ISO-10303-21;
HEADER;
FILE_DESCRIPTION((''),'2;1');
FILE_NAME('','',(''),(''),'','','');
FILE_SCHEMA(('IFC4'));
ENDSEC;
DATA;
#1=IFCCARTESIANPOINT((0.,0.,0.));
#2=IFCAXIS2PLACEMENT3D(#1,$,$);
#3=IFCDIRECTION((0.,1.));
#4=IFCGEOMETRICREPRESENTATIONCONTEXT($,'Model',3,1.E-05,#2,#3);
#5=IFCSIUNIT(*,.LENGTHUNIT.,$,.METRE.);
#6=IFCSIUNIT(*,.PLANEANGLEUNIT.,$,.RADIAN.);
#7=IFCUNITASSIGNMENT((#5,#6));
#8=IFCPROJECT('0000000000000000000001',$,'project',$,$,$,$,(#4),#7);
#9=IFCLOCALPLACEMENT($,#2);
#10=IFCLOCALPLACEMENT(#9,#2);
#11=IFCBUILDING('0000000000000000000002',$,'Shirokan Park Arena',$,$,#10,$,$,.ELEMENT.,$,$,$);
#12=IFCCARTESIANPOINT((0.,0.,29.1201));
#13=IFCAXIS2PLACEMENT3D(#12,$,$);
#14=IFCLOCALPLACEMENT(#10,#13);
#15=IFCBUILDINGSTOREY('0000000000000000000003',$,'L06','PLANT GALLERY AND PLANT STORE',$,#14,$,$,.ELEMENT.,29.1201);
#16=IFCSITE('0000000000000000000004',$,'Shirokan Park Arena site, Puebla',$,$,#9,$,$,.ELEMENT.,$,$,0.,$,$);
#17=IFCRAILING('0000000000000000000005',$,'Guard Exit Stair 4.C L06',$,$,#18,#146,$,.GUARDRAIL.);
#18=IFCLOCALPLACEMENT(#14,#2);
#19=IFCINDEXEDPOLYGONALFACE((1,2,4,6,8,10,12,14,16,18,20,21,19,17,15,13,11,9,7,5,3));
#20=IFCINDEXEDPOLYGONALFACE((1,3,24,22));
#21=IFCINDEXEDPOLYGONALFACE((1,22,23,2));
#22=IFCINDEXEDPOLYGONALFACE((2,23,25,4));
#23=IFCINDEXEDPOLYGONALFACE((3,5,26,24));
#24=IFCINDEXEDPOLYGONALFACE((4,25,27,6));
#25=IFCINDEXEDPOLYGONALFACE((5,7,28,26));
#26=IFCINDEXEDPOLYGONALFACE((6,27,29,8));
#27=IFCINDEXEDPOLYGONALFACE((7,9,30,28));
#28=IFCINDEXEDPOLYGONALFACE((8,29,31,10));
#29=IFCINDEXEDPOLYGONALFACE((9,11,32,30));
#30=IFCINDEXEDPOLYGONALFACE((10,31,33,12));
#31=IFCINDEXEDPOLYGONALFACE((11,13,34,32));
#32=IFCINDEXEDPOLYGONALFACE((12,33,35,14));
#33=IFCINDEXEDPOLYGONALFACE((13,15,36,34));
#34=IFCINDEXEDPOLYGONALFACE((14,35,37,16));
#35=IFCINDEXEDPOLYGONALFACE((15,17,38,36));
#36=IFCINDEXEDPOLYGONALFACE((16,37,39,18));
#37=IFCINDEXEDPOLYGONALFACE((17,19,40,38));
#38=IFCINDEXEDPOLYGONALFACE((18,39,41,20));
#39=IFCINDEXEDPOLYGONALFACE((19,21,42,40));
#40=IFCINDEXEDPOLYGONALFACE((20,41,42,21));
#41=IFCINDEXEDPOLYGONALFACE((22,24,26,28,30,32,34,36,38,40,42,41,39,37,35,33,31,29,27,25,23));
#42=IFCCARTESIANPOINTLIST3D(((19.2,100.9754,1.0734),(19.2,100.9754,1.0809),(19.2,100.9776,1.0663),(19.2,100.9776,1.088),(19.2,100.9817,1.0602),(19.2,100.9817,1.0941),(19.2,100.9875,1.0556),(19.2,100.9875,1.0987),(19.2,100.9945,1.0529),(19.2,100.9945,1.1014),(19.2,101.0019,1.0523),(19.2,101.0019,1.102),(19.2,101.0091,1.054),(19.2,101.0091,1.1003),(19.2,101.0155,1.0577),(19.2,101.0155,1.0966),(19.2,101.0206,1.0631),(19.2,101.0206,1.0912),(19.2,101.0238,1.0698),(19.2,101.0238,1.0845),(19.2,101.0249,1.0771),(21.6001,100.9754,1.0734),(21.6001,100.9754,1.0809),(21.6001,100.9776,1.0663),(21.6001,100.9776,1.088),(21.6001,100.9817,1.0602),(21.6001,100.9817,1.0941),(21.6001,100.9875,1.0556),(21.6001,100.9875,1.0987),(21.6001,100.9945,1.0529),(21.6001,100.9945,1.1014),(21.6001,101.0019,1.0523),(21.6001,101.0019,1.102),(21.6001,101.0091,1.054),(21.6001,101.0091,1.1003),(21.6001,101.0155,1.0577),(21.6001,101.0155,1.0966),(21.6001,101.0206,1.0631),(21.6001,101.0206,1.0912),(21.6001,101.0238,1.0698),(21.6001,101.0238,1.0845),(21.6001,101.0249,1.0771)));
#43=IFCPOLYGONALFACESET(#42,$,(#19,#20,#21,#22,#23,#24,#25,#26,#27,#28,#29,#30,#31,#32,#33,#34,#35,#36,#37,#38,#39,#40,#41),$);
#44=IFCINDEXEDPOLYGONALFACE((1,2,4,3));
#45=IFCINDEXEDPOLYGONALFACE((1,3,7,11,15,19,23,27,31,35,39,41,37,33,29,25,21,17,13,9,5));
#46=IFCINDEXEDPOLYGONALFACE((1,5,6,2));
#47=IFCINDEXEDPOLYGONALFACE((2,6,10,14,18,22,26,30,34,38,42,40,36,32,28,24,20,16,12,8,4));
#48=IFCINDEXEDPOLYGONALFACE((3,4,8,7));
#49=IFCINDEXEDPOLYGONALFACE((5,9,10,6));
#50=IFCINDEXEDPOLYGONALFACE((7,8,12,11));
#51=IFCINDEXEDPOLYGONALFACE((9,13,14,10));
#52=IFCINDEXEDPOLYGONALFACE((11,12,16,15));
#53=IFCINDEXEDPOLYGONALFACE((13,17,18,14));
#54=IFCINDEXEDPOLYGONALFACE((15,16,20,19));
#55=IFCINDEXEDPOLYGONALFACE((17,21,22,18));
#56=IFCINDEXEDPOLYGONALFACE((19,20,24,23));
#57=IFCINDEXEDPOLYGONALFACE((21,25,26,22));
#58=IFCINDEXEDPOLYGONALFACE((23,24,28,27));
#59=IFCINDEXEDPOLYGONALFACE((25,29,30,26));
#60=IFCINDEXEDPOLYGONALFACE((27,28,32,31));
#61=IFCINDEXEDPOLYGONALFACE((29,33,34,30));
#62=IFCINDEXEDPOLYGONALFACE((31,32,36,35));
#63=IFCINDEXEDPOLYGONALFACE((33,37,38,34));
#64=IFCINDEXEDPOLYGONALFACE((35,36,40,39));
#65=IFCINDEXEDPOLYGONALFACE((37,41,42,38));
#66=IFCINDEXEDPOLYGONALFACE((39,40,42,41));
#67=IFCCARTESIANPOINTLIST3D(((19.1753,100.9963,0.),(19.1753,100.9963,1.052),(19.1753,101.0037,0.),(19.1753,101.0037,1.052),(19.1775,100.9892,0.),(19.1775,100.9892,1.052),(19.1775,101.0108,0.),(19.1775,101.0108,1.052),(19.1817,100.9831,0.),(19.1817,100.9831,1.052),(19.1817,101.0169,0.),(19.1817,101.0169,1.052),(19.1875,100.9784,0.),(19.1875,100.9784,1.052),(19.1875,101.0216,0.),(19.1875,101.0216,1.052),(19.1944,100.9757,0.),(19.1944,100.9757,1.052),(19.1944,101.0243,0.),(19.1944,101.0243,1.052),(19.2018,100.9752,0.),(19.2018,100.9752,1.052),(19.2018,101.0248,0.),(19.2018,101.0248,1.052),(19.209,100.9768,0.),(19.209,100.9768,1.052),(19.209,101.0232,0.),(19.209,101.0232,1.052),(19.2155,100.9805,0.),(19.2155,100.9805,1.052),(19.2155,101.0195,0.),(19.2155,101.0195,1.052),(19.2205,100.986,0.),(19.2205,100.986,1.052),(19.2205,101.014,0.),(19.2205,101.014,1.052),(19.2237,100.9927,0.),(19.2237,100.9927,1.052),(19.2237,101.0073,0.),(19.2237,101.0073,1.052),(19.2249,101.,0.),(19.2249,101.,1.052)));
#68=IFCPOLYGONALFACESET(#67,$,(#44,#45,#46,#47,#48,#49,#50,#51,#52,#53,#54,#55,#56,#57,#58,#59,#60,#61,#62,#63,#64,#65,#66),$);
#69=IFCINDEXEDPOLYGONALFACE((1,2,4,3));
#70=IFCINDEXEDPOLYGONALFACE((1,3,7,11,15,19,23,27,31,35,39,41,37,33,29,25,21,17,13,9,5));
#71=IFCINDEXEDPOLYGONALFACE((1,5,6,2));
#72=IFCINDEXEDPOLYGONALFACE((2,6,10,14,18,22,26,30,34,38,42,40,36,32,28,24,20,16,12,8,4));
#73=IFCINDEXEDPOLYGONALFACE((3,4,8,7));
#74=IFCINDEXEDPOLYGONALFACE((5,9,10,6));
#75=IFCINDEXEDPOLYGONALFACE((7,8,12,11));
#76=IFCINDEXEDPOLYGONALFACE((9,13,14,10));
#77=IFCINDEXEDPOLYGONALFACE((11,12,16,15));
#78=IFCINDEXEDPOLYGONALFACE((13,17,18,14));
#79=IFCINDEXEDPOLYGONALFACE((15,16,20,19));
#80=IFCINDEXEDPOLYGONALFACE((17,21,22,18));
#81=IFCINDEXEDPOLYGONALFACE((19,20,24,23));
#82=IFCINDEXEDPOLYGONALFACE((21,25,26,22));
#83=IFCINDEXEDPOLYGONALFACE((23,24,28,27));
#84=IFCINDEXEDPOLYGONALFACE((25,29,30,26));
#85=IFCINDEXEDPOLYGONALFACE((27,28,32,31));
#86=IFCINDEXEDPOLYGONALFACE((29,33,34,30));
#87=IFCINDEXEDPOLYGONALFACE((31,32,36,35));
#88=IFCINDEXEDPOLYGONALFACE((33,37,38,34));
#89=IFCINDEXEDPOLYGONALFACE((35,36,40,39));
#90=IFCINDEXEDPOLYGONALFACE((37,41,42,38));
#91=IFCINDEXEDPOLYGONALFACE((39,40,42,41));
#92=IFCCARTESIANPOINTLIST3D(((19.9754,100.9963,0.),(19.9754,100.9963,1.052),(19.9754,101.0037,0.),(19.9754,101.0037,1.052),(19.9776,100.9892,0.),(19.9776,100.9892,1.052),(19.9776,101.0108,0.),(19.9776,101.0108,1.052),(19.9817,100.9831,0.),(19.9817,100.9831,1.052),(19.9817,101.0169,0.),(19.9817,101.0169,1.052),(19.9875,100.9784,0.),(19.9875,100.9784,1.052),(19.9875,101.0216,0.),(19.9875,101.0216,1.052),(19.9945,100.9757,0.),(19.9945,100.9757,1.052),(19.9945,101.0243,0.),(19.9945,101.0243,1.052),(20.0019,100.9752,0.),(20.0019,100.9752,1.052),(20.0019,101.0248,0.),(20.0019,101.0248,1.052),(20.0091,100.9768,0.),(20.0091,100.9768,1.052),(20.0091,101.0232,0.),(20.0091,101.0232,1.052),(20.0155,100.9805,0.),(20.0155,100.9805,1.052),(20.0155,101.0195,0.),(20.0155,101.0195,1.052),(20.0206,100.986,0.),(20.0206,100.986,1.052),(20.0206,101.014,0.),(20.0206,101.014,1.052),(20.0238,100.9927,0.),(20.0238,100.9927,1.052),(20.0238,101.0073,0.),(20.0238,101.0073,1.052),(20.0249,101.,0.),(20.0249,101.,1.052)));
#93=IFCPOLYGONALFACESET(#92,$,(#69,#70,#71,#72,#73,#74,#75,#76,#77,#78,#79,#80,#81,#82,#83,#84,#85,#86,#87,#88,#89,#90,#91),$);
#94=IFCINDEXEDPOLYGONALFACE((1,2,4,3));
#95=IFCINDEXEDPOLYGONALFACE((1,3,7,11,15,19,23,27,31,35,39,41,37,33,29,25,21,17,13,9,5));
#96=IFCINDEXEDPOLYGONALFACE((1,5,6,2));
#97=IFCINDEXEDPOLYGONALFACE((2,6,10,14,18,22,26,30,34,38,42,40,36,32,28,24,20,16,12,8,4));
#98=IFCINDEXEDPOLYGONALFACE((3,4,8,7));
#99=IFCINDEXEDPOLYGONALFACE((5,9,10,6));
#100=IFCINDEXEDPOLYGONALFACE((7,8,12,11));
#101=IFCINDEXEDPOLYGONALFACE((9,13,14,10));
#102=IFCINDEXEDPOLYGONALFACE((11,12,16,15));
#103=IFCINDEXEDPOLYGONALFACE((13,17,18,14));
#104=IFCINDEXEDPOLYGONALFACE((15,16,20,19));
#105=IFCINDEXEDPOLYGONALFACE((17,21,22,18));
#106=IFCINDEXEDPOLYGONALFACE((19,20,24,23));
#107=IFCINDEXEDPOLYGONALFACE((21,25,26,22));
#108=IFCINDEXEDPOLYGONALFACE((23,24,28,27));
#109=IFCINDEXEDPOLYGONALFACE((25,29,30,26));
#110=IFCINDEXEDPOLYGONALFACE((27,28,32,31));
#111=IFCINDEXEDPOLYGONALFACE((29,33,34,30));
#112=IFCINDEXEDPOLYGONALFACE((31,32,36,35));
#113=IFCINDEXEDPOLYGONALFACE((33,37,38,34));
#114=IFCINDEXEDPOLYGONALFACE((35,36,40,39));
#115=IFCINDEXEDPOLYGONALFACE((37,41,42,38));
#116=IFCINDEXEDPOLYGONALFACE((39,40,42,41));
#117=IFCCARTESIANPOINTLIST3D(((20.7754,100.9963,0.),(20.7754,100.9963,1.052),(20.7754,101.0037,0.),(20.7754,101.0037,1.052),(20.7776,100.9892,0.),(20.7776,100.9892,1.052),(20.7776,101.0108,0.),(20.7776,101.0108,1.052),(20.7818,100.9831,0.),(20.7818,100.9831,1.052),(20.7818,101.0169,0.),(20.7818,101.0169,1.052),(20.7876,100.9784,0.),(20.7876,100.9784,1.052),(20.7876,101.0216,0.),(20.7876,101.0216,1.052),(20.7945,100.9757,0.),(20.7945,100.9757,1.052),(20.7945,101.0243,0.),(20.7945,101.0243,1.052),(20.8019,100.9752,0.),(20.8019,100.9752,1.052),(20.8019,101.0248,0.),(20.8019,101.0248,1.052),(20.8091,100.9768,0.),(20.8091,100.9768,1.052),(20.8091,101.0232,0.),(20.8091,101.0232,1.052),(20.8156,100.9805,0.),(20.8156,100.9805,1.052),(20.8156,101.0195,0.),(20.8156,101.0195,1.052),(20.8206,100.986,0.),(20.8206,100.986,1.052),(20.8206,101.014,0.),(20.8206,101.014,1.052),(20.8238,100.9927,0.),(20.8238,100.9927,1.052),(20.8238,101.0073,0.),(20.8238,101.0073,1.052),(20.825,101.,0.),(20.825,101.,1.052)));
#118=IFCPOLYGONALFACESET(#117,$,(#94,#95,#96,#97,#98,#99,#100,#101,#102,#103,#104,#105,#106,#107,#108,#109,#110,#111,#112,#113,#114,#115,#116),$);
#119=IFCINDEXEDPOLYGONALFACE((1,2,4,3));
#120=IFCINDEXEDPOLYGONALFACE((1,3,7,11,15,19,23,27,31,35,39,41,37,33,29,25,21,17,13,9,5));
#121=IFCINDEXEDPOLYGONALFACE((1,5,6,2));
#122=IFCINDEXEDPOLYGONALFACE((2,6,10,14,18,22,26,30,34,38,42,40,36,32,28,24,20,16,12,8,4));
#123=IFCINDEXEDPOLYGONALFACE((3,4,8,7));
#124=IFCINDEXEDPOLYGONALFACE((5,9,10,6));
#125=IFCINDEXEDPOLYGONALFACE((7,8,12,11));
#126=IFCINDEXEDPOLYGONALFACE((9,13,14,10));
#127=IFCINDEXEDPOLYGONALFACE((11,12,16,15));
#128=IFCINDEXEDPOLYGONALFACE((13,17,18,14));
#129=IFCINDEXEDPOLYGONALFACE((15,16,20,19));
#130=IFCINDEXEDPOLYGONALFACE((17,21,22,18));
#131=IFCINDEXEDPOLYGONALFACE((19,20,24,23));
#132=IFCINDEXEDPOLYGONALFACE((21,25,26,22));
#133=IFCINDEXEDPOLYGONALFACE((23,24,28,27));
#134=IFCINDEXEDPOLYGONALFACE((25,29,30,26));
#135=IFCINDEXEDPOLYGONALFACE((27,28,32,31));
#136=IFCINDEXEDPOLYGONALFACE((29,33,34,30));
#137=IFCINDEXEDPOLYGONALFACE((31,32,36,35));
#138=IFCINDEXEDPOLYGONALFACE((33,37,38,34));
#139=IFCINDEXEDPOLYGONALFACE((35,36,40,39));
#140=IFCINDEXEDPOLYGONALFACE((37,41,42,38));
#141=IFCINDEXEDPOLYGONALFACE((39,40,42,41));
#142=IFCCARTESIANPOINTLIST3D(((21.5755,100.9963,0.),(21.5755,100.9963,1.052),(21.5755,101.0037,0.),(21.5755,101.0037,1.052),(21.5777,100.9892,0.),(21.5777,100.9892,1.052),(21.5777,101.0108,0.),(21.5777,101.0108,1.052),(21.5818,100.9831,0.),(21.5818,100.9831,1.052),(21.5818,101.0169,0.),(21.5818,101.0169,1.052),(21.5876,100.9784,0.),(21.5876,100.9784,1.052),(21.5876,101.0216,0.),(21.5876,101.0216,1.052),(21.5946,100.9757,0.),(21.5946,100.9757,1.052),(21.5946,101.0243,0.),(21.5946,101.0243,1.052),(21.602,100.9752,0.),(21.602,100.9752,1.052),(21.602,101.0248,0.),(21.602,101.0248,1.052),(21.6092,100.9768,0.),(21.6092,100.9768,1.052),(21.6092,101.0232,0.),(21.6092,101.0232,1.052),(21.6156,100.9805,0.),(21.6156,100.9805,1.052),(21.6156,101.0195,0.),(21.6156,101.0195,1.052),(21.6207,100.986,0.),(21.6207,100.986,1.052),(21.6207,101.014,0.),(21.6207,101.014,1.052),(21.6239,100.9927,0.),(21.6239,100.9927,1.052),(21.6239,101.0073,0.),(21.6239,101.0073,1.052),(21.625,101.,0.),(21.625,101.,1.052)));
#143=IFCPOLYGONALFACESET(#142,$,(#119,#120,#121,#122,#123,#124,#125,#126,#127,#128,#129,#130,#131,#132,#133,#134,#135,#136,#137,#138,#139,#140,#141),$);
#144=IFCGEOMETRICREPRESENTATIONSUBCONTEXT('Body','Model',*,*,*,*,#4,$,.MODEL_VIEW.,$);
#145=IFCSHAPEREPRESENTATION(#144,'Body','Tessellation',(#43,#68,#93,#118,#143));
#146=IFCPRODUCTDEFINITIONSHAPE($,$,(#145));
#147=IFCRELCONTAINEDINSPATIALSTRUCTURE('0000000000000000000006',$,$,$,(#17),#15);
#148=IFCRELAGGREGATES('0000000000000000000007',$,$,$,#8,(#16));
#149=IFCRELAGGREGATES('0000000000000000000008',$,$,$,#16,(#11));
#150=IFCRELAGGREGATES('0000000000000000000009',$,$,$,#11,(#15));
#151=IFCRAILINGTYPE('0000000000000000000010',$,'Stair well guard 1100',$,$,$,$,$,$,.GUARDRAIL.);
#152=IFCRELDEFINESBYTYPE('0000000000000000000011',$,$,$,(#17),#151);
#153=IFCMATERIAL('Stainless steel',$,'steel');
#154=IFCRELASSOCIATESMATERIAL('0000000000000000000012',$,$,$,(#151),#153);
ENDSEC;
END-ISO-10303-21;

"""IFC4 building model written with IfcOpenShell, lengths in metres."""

from ifc_helpers import new_model, si_unit, direction, frame, origin, origin_2d, place, context, subcontext, project, spatial, circle, extrude, material, type_object, element, save


model = new_model("IFC4")

# Units and contexts
model_context = context("Model", 3, precision=1e-05, world=origin(), true_north=direction((0.0, 1.0)))
body_context = subcontext(model_context, "Body", "Model", "MODEL_VIEW")
ifc_project = project(units=[si_unit("LENGTHUNIT", "METRE"), si_unit("PLANEANGLEUNIT", "RADIAN")], contexts=[model_context])

# Site, building, storey
site_placement = place(None, origin())
site = spatial("IfcSite", under=ifc_project, at=site_placement, Name="Shirokan Park Arena site, Puebla", CompositionType="ELEMENT", RefElevation=0.0)
building_placement = place(site_placement, origin())
building = spatial("IfcBuilding", under=site, at=building_placement, Name="Shirokan Park Arena", CompositionType="ELEMENT")
storey_placement = place(building_placement, frame((0.0, 0.0, 29.1201)))
storey = spatial("IfcBuildingStorey", under=building, at=storey_placement, Name="L06", Description="PLANT GALLERY AND PLANT STORE", CompositionType="ELEMENT", Elevation=29.1201)

# Railing
ifc_material_1 = material(Name="Stainless steel", Category="steel")
railing_type = type_object("IfcRailingType", Name="Stair well guard 1100", PredefinedType="GUARDRAIL", material=ifc_material_1)
railing_1_placement = place(storey_placement, frame((19.2, 101.0, 0.0)))
element("IfcRailing", 1, at=railing_1_placement, inside=storey, type_object=railing_type, Name="Guard Exit Stair 4.C L06", PredefinedType="GUARDRAIL", context=body_context, shape_type="SweptSolid", body=[
    extrude(circle(Radius=0.0249, at=origin_2d()), frame((0.0, 0.0, 1.0771), z_axis=(1.0, 0.0, 0.0), x_axis=(0.0, 1.0, 0.0)), (0.0, 0.0, 1.0), 2.4001),
    extrude(circle(Radius=0.0249, at=origin_2d()), origin(), (0.0, 0.0, 1.0), 1.052),
    extrude(circle(Radius=0.0249, at=origin_2d()), frame((0.8, 0.0, 0.0)), (0.0, 0.0, 1.0), 1.052),
    extrude(circle(Radius=0.0249, at=origin_2d()), frame((1.6001, 0.0, 0.0)), (0.0, 0.0, 1.0), 1.052),
    extrude(circle(Radius=0.0249, at=origin_2d()), frame((2.4001, 0.0, 0.0)), (0.0, 0.0, 1.0), 1.052),
])

save(model, "model.ifc")
